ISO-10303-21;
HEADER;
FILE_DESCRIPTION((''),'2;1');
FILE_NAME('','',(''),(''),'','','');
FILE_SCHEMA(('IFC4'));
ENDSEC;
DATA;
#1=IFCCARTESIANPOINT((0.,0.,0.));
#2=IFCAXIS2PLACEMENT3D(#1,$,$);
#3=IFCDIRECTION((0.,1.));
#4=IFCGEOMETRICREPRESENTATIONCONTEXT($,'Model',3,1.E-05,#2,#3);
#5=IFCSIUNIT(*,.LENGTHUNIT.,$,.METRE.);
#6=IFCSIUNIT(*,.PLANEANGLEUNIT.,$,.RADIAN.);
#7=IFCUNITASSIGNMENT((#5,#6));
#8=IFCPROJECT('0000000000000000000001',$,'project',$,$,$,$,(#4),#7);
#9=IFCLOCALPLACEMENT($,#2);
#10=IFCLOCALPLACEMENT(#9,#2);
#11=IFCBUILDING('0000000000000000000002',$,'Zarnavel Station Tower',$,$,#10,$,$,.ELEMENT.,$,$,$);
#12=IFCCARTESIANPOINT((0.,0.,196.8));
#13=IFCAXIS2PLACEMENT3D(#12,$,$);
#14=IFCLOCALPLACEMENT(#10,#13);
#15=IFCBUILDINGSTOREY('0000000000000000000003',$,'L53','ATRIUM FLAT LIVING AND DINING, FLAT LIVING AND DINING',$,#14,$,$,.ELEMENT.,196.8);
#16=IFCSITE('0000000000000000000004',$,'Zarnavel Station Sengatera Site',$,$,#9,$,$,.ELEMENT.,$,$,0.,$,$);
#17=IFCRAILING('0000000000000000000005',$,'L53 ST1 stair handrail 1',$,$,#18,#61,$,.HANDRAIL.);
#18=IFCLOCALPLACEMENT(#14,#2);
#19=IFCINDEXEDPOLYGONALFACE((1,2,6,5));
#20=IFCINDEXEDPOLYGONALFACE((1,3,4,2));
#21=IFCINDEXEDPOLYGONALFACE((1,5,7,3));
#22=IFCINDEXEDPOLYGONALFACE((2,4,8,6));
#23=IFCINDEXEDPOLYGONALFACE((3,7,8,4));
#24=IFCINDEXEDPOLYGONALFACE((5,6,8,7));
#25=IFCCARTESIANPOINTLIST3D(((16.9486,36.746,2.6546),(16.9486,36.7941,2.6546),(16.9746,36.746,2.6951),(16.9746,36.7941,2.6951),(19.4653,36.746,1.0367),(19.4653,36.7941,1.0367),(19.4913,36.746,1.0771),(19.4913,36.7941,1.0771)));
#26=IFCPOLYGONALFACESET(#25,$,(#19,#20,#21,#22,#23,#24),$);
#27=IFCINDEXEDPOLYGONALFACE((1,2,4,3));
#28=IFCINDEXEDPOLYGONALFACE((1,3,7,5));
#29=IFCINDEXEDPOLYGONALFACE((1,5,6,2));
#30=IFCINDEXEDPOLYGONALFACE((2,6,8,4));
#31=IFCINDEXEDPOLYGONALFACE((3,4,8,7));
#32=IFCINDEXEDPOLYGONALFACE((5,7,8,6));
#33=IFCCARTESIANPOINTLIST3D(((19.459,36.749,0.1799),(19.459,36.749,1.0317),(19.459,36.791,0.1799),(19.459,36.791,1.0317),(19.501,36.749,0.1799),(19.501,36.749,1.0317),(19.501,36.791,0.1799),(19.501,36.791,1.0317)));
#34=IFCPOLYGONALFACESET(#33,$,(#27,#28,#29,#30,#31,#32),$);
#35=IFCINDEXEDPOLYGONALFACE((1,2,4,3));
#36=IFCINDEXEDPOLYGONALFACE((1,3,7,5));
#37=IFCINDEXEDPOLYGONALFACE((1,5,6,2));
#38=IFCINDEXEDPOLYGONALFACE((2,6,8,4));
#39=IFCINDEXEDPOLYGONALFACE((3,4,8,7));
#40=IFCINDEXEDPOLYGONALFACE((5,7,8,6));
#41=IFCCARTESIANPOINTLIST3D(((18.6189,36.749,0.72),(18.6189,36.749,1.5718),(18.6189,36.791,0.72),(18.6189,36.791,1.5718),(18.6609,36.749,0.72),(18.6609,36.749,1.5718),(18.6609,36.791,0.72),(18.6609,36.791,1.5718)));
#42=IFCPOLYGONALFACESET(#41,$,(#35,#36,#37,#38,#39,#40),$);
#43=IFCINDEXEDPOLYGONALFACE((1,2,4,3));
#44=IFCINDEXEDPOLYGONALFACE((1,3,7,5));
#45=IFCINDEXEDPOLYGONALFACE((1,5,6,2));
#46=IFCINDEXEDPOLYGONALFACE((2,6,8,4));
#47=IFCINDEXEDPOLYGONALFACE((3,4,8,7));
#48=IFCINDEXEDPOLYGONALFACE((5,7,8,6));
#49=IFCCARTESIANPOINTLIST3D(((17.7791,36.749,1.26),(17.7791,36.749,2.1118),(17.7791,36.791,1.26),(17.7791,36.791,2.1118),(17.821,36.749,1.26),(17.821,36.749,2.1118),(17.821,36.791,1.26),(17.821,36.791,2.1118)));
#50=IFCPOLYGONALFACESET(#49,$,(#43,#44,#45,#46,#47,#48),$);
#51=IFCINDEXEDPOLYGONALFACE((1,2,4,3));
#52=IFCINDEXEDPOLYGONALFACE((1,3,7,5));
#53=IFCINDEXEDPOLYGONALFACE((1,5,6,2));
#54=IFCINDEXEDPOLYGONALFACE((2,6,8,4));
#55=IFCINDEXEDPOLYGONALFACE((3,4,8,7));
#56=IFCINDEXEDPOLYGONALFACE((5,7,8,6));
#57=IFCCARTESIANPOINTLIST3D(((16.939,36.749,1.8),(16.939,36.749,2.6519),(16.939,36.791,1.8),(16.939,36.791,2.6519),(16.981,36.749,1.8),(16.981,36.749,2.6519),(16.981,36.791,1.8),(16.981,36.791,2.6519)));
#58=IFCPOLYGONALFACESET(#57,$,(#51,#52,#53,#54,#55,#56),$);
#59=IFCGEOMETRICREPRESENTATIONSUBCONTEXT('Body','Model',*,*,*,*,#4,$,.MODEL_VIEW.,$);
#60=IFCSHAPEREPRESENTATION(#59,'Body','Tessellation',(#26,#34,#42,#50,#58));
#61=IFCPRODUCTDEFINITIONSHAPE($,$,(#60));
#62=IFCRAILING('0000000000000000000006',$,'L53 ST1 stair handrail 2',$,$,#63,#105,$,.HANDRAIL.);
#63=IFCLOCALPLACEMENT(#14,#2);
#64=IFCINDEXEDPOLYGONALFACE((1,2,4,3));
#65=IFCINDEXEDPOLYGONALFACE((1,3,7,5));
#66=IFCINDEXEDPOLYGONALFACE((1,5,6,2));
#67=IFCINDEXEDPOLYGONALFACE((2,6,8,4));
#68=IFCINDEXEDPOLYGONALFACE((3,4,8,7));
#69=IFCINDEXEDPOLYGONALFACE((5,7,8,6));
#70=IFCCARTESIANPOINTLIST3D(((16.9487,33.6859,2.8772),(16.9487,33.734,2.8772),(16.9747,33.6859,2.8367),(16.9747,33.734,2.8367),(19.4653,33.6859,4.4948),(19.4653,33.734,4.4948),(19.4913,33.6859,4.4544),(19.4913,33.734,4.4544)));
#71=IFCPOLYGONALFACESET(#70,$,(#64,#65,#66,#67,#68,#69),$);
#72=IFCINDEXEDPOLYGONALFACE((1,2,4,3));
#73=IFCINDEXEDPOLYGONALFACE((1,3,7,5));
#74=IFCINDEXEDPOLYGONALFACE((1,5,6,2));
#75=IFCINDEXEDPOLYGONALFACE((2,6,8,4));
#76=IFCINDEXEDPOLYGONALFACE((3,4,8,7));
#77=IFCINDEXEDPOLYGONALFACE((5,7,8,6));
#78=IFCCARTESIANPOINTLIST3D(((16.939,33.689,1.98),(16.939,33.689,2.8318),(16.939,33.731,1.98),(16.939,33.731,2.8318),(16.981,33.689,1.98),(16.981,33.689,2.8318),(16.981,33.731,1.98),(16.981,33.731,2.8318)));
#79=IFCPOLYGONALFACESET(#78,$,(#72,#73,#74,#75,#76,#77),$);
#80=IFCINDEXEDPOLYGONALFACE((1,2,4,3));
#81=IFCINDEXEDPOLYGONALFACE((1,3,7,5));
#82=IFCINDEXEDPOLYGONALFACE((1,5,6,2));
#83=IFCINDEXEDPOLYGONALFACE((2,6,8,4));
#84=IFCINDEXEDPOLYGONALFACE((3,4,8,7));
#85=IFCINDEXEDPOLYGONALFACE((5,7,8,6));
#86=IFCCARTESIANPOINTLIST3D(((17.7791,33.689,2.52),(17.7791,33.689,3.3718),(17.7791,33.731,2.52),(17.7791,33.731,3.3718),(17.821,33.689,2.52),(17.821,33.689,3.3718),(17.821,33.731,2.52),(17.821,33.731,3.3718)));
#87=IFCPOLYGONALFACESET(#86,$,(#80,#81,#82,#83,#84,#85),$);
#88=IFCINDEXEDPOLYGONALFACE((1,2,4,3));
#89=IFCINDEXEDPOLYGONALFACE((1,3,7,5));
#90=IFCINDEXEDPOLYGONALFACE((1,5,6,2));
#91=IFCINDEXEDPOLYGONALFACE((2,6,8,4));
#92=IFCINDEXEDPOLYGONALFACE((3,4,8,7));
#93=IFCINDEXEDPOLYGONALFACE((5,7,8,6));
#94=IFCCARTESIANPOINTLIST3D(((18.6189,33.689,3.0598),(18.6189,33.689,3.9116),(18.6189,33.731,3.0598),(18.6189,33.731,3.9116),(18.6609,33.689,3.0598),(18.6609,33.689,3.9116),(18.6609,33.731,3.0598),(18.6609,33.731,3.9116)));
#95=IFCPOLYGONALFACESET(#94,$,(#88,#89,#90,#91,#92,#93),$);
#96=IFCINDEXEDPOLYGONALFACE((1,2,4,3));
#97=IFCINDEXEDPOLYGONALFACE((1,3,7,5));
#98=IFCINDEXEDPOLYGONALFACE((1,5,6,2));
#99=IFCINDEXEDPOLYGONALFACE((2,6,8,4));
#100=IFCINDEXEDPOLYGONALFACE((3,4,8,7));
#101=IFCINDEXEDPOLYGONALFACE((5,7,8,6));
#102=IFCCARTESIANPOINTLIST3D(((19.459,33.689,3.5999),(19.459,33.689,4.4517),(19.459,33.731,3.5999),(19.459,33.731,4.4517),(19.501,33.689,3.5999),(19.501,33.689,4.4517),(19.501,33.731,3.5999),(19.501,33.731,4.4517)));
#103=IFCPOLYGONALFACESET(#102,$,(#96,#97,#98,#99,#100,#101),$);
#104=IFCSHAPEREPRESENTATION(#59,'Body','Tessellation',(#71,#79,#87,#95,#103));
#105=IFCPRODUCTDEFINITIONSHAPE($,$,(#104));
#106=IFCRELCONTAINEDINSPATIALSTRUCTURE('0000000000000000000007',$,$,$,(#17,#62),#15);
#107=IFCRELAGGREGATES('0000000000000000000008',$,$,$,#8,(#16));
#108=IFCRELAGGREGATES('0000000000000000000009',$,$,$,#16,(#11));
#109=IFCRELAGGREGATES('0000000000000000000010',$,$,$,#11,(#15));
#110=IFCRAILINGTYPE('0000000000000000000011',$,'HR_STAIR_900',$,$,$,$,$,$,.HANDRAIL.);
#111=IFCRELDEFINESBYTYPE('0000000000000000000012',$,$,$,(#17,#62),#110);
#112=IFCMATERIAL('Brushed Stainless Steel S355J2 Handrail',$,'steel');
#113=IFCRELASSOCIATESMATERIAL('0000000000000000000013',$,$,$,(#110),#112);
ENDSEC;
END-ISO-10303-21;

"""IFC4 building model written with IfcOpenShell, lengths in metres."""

from ifc_helpers import new_model, si_unit, direction, frame, origin, origin_2d, place, context, subcontext, project, spatial, rectangle, extrude, material, type_object, element, save


model = new_model("IFC4")

# Units and contexts
model_context = context("Model", 3, precision=1e-05, world=origin(), true_north=direction((0.0, 1.0)))
body_context = subcontext(model_context, "Body", "Model", "MODEL_VIEW")
ifc_project = project(units=[si_unit("LENGTHUNIT", "METRE"), si_unit("PLANEANGLEUNIT", "RADIAN")], contexts=[model_context])

# Site, building, storey
site_placement = place(None, origin())
site = spatial("IfcSite", under=ifc_project, at=site_placement, Name="Zarnavel Station Sengatera Site", CompositionType="ELEMENT", RefElevation=0.0)
building_placement = place(site_placement, origin())
building = spatial("IfcBuilding", under=site, at=building_placement, Name="Zarnavel Station Tower", CompositionType="ELEMENT")
storey_placement = place(building_placement, frame((0.0, 0.0, 196.8)))
storey = spatial("IfcBuildingStorey", under=building, at=storey_placement, Name="L53", Description="ATRIUM FLAT LIVING AND DINING, FLAT LIVING AND DINING", CompositionType="ELEMENT", Elevation=196.8)

# Railings
ifc_material_1 = material(Name="Brushed Stainless Steel S355J2 Handrail", Category="steel")
railing_type_1 = type_object("IfcRailingType", Name="HR_STAIR_900", PredefinedType="HANDRAIL", material=ifc_material_1)
railing_1_placement = place(storey_placement, frame((19.48, 36.77, 0.1799)))
element("IfcRailing", 1, at=railing_1_placement, inside=storey, type_object=railing_type_1, Name="L53 ST1 stair handrail 1", PredefinedType="HANDRAIL", context=body_context, shape_type="SweptSolid", body=[
    extrude(rectangle(XDim=0.0481, YDim=0.0481, at=origin_2d()), frame((-0.0017, 0.0, 0.877), z_axis=(-0.841163, 0.0, 0.540782), x_axis=(0.0, -1.0, 0.0)), (0.0, 0.0, 1.0), 2.9919),
    extrude(rectangle(XDim=0.042, YDim=0.042, at=origin_2d()), origin(), (0.0, 0.0, 1.0), 0.8518),
    extrude(rectangle(XDim=0.042, YDim=0.042, at=origin_2d()), frame((-0.8401, 0.0, 0.54)), (0.0, 0.0, 1.0), 0.8518),
    extrude(rectangle(XDim=0.042, YDim=0.042, at=origin_2d()), frame((-1.6799, 0.0, 1.0801)), (0.0, 0.0, 1.0), 0.8518),
    extrude(rectangle(XDim=0.042, YDim=0.042, at=origin_2d()), frame((-2.52, 0.0, 1.6201)), (0.0, 0.0, 1.0), 0.8518),
])
railing_2_placement = place(storey_placement, frame((16.96, 33.71, 1.98)))
element("IfcRailing", 2, at=railing_2_placement, inside=storey, type_object=railing_type_1, Name="L53 ST1 stair handrail 2", PredefinedType="HANDRAIL", context=body_context, shape_type="SweptSolid", body=[
    extrude(rectangle(XDim=0.0481, YDim=0.0481, at=origin_2d()), frame((0.0017, 0.0, 0.877), z_axis=(0.8412, 0.0, 0.540725), x_axis=(0.0, 1.0, 0.0)), (0.0, 0.0, 1.0), 2.9917),
    extrude(rectangle(XDim=0.042, YDim=0.042, at=origin_2d()), origin(), (0.0, 0.0, 1.0), 0.8518),
    extrude(rectangle(XDim=0.042, YDim=0.042, at=origin_2d()), frame((0.8401, 0.0, 0.54)), (0.0, 0.0, 1.0), 0.8518),
    extrude(rectangle(XDim=0.042, YDim=0.042, at=origin_2d()), frame((1.6799, 0.0, 1.0798)), (0.0, 0.0, 1.0), 0.8518),
    extrude(rectangle(XDim=0.042, YDim=0.042, at=origin_2d()), frame((2.52, 0.0, 1.6199)), (0.0, 0.0, 1.0), 0.8518),
])

save(model, "model.ifc")
